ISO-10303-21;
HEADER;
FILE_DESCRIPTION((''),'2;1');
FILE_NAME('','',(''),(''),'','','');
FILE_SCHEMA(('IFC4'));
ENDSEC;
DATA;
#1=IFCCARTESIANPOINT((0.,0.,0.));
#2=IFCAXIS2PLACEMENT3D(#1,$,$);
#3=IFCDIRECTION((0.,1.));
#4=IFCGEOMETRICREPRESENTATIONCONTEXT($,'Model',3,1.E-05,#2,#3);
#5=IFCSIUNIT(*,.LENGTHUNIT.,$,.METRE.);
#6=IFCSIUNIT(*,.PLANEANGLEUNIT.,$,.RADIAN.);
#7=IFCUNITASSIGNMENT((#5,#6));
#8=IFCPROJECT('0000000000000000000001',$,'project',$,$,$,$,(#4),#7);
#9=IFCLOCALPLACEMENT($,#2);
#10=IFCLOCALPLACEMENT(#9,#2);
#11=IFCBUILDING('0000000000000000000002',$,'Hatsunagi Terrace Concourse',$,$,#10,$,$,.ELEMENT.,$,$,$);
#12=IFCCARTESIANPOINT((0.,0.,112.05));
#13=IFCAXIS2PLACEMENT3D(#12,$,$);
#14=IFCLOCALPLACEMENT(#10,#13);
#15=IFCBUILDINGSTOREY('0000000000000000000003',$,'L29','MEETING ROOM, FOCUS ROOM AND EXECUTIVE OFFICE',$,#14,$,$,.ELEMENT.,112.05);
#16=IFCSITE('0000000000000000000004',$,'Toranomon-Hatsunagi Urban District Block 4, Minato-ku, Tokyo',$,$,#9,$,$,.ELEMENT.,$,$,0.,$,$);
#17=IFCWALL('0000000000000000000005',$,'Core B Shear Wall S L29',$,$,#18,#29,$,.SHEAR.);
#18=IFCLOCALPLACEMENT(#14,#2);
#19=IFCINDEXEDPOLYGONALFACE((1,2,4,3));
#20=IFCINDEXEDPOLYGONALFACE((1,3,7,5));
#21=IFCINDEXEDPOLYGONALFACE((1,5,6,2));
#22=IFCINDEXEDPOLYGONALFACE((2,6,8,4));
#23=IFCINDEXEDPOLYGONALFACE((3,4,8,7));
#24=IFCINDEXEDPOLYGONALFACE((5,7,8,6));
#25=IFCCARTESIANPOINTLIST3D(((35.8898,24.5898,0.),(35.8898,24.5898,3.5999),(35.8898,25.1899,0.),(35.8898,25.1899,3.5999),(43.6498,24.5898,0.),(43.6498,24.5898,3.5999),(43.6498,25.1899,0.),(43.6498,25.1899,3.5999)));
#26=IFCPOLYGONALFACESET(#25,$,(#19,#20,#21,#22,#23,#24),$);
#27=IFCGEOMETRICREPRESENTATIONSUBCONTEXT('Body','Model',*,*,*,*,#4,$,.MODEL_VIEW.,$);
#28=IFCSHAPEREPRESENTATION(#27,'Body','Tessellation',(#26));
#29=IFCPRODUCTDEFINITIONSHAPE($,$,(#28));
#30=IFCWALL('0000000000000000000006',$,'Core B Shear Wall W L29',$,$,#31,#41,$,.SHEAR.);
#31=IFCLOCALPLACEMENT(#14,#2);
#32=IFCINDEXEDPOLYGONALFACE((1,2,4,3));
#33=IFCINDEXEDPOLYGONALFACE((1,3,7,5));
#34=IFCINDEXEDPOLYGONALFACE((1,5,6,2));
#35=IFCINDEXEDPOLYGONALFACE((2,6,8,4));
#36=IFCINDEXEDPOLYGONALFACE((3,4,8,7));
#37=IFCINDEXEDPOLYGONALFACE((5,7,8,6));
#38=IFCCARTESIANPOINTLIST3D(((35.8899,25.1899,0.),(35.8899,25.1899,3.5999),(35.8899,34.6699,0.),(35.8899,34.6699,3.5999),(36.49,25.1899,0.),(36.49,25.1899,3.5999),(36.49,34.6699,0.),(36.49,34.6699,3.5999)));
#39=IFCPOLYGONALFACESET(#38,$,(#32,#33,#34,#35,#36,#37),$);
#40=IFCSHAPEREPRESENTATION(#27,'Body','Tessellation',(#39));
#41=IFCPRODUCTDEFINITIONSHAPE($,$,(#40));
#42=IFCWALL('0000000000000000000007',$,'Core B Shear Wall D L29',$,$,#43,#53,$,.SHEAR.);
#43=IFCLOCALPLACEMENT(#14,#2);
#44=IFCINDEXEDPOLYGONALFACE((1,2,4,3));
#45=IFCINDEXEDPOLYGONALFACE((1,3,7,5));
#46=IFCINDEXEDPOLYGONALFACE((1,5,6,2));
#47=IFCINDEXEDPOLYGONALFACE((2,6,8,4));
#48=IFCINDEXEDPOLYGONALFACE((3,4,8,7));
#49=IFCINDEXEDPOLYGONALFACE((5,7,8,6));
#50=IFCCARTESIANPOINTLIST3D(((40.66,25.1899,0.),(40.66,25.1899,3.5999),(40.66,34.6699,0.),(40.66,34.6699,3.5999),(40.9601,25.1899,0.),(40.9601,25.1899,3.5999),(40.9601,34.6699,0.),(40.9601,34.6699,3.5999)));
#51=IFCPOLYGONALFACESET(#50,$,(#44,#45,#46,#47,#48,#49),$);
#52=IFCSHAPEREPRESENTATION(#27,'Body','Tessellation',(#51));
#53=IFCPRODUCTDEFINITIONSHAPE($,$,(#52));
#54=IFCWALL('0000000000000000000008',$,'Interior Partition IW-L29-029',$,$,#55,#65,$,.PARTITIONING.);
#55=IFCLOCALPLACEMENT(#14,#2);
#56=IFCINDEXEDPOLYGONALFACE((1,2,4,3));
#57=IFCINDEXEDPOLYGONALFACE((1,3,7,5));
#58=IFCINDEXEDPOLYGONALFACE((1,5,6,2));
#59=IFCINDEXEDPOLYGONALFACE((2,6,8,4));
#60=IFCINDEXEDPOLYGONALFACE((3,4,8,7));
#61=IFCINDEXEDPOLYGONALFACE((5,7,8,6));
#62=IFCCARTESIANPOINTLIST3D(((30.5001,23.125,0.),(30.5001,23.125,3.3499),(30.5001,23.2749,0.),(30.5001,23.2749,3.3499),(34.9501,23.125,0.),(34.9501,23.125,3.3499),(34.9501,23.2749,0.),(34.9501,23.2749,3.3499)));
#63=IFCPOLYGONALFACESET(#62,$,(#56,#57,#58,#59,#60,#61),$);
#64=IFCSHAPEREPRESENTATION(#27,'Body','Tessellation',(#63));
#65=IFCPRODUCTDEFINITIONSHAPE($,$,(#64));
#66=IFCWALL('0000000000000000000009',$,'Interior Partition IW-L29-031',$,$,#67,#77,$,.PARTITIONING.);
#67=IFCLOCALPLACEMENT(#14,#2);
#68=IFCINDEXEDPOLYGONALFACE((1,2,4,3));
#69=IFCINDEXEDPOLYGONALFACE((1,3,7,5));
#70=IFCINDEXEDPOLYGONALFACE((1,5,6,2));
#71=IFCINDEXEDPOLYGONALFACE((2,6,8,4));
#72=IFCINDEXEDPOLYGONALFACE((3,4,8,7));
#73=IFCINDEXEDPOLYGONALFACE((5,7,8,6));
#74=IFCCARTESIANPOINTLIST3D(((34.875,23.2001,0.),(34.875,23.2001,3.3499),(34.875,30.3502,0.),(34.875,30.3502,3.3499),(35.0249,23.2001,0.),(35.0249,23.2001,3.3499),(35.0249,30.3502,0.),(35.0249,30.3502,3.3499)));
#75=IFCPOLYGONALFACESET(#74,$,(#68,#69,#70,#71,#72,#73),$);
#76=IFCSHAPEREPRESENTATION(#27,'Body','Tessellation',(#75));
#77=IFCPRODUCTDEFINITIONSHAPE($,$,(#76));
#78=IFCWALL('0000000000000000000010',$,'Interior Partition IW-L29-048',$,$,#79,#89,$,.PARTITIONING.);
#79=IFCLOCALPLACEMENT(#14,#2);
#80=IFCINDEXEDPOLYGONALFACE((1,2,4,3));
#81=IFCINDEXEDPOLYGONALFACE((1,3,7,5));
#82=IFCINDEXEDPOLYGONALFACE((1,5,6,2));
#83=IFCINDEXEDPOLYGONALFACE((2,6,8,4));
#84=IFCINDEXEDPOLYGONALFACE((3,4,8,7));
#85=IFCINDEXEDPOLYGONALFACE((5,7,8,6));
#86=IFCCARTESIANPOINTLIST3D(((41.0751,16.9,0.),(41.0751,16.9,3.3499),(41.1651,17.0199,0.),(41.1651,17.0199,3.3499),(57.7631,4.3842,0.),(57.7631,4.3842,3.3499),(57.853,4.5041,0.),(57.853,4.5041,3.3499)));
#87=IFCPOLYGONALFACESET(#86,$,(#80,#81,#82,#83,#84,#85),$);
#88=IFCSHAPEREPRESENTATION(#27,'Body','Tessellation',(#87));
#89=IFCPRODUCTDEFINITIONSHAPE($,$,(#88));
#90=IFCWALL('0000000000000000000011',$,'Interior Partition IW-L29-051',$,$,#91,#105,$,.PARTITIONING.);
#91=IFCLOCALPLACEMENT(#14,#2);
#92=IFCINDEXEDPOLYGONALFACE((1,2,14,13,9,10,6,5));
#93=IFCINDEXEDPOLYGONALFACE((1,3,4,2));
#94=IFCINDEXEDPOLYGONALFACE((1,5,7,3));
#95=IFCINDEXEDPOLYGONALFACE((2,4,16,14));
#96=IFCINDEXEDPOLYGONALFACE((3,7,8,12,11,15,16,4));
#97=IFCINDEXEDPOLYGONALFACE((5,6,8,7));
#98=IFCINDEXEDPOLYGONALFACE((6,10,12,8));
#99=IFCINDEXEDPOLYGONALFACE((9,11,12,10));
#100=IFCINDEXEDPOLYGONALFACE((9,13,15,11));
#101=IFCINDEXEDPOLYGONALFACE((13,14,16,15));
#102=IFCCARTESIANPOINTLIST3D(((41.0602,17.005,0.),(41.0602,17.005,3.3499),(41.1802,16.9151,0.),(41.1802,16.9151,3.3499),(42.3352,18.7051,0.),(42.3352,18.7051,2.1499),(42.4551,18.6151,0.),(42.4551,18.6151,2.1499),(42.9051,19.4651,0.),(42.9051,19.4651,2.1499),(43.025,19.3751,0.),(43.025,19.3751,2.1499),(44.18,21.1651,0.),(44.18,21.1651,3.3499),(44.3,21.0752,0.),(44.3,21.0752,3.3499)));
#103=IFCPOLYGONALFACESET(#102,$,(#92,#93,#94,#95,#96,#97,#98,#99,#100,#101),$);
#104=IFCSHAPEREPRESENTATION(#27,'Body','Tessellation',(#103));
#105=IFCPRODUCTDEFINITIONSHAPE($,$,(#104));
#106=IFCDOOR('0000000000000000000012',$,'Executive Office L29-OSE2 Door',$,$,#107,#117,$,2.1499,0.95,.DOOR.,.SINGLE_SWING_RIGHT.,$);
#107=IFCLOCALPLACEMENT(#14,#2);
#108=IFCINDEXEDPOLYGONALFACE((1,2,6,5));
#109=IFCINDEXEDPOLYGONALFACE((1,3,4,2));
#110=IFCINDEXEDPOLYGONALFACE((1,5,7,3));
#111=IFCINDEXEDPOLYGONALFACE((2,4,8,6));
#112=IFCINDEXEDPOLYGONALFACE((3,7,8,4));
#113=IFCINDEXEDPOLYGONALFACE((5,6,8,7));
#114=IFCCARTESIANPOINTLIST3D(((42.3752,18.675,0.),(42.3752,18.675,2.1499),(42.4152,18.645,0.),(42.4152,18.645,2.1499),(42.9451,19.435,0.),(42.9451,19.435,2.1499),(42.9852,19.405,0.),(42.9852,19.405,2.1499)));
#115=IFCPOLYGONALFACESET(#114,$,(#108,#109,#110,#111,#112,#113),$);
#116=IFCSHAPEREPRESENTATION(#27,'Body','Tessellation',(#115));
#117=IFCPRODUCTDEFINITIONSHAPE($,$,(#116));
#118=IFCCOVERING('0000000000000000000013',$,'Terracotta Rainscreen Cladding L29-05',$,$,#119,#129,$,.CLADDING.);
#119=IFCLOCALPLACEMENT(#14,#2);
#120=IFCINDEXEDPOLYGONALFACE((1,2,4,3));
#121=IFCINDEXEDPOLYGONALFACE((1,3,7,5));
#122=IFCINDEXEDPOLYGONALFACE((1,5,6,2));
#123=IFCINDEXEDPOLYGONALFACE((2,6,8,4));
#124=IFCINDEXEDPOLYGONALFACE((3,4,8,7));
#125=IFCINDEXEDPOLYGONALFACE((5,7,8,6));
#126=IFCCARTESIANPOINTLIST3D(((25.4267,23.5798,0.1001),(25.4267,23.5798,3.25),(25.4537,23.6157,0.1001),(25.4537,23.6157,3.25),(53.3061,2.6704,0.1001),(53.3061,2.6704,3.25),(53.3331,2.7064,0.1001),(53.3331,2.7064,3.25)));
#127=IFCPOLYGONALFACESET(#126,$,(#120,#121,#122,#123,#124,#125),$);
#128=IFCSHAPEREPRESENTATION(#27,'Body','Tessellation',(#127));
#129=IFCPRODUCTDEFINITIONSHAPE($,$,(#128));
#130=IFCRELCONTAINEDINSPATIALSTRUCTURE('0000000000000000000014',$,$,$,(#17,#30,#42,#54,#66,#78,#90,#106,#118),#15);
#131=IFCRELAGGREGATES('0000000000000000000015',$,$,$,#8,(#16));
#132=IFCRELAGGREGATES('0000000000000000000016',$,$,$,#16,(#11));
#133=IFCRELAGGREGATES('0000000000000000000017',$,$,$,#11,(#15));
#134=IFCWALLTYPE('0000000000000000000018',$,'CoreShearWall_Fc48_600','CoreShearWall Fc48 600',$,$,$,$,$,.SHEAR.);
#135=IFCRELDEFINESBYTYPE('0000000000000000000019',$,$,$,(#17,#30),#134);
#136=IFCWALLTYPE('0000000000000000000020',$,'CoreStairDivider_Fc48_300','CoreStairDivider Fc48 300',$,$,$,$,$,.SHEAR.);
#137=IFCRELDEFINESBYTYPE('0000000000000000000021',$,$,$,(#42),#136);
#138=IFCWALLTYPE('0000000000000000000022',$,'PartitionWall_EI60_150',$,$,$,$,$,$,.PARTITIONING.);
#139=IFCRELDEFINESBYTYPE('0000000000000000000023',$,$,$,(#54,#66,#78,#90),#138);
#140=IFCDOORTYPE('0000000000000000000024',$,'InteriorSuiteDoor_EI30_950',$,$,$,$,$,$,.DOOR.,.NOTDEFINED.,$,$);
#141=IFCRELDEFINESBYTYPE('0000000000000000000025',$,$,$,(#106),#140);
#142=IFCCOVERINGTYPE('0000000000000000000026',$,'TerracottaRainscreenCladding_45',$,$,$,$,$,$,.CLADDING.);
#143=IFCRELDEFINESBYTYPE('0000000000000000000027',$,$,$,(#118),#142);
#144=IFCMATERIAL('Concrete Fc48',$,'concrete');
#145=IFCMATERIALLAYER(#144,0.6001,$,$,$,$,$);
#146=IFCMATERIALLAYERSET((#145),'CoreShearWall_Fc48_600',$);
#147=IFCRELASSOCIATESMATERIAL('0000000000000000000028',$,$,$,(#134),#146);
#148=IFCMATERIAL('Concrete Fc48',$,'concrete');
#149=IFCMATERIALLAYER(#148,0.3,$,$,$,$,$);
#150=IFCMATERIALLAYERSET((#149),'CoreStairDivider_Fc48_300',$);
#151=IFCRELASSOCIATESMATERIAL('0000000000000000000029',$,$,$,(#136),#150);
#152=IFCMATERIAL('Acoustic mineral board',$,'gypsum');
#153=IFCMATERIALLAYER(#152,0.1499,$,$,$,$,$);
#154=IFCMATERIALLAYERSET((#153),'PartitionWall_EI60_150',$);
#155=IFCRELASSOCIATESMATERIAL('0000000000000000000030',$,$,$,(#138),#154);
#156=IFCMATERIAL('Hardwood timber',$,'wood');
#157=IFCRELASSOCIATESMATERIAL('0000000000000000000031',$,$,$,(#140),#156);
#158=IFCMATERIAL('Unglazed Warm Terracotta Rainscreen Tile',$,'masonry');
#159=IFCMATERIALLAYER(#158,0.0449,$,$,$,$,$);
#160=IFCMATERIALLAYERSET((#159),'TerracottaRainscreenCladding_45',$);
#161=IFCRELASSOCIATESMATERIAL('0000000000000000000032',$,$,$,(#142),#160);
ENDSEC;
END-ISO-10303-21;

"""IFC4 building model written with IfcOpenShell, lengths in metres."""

from ifc_helpers import new_model, si_unit, direction, frame, frame_2d, origin, origin_2d, place, context, subcontext, project, spatial, rectangle, extrude, material, layer, layer_set, type_object, element, fill, save


model = new_model("IFC4")

# Units and contexts
model_context = context("Model", 3, precision=1e-05, world=origin(), true_north=direction((0.0, 1.0)))
body_context = subcontext(model_context, "Body", "Model", "MODEL_VIEW")
ifc_project = project(units=[si_unit("LENGTHUNIT", "METRE"), si_unit("PLANEANGLEUNIT", "RADIAN")], contexts=[model_context])

# Site, building, storey
site_placement = place(None, origin())
site = spatial("IfcSite", under=ifc_project, at=site_placement, Name="Toranomon-Hatsunagi Urban District Block 4, Minato-ku, Tokyo", CompositionType="ELEMENT", RefElevation=0.0)
building_placement = place(site_placement, origin())
building = spatial("IfcBuilding", under=site, at=building_placement, Name="Hatsunagi Terrace Concourse", CompositionType="ELEMENT")
storey_placement = place(building_placement, frame((0.0, 0.0, 112.05)))
storey = spatial("IfcBuildingStorey", under=building, at=storey_placement, Name="L29", Description="MEETING ROOM, FOCUS ROOM AND EXECUTIVE OFFICE", CompositionType="ELEMENT", Elevation=112.05)

# Walls
ifc_material_1 = material(Name="Concrete Fc48", Category="concrete")
ifc_layer_1 = layer(ifc_material_1, 0.6001)
ifc_layer_set_1 = layer_set([ifc_layer_1], Name="CoreShearWall_Fc48_600")
wall_type_1 = type_object("IfcWallType", Name="CoreShearWall_Fc48_600", Description="CoreShearWall Fc48 600", PredefinedType="SHEAR", material=ifc_layer_set_1)
wall_1_placement = place(storey_placement, frame((35.8899, 24.8899, 0.0), z_axis=(0.0, 0.0, 1.0), x_axis=(1.0, 0.0, 0.0)))
element("IfcWall", 1, at=wall_1_placement, inside=storey, type_object=wall_type_1, Name="Core B Shear Wall S L29", PredefinedType="SHEAR", context=body_context, shape_type="SweptSolid", body=[
    extrude(rectangle(XDim=7.76, YDim=0.6001, at=frame_2d((3.8799, 0.0))), origin(), (0.0, 0.0, 1.0), 3.5999),
])
wall_2_placement = place(storey_placement, frame((36.1899, 25.1899, 0.0), z_axis=(0.0, 0.0, 1.0), x_axis=(0.0, 1.0, 0.0)))
element("IfcWall", 2, at=wall_2_placement, inside=storey, type_object=wall_type_1, Name="Core B Shear Wall W L29", PredefinedType="SHEAR", context=body_context, shape_type="SweptSolid", body=[
    extrude(rectangle(XDim=9.48, YDim=0.6001, at=frame_2d((4.74, 0.0))), origin(), (0.0, 0.0, 1.0), 3.5999),
])
ifc_material_2 = material(Name="Concrete Fc48", Category="concrete")
ifc_layer_2 = layer(ifc_material_2, 0.3)
ifc_layer_set_2 = layer_set([ifc_layer_2], Name="CoreStairDivider_Fc48_300")
wall_type_2 = type_object("IfcWallType", Name="CoreStairDivider_Fc48_300", Description="CoreStairDivider Fc48 300", PredefinedType="SHEAR", material=ifc_layer_set_2)
wall_3_placement = place(storey_placement, frame((40.8101, 25.1899, 0.0), z_axis=(0.0, 0.0, 1.0), x_axis=(0.0, 1.0, 0.0)))
element("IfcWall", 3, at=wall_3_placement, inside=storey, type_object=wall_type_2, Name="Core B Shear Wall D L29", PredefinedType="SHEAR", context=body_context, shape_type="SweptSolid", body=[
    extrude(rectangle(XDim=9.48, YDim=0.3, at=frame_2d((4.74, 0.0))), origin(), (0.0, 0.0, 1.0), 3.5999),
])
ifc_material_3 = material(Name="Acoustic mineral board", Category="gypsum")
ifc_layer_3 = layer(ifc_material_3, 0.1499)
ifc_layer_set_3 = layer_set([ifc_layer_3], Name="PartitionWall_EI60_150")
wall_type_3 = type_object("IfcWallType", Name="PartitionWall_EI60_150", PredefinedType="PARTITIONING", material=ifc_layer_set_3)
wall_4_placement = place(storey_placement, frame((30.5, 23.2, 0.0), z_axis=(0.0, 0.0, 1.0), x_axis=(1.0, 0.0, 0.0)))
element("IfcWall", 4, at=wall_4_placement, inside=storey, type_object=wall_type_3, Name="Interior Partition IW-L29-029", PredefinedType="PARTITIONING", context=body_context, shape_type="SweptSolid", body=[
    extrude(rectangle(XDim=4.45, YDim=0.1499, at=frame_2d((2.2251, 0.0))), origin(), (0.0, 0.0, 1.0), 3.3499),
])
wall_5_placement = place(storey_placement, frame((34.95, 23.2, 0.0), z_axis=(0.0, 0.0, 1.0), x_axis=(0.0, 1.0, 0.0)))
element("IfcWall", 5, at=wall_5_placement, inside=storey, type_object=wall_type_3, Name="Interior Partition IW-L29-031", PredefinedType="PARTITIONING", context=body_context, shape_type="SweptSolid", body=[
    extrude(rectangle(XDim=7.1501, YDim=0.1499, at=frame_2d((3.5752, 0.0))), origin(), (0.0, 0.0, 1.0), 3.3499),
])
wall_6_placement = place(storey_placement, frame((41.1201, 16.96, 0.0), z_axis=(0.0, 0.0, 1.0), x_axis=(0.800003, -0.599996, 0.0)))
element("IfcWall", 6, at=wall_6_placement, inside=storey, type_object=wall_type_3, Name="Interior Partition IW-L29-048", PredefinedType="PARTITIONING", context=body_context, shape_type="SweptSolid", body=[
    extrude(rectangle(XDim=20.8599, YDim=0.1499, at=frame_2d((10.4299, 0.0))), origin(), (0.0, 0.0, 1.0), 3.3499),
])

# Wall, opening, door
ifc_material_4 = material(Name="Hardwood timber", Category="wood")
door_type = type_object("IfcDoorType", Name="InteriorSuiteDoor_EI30_950", OperationType="NOTDEFINED", PredefinedType="DOOR", material=ifc_material_4)
wall_7_placement = place(storey_placement, frame((41.1201, 16.96, 0.0), z_axis=(0.0, 0.0, 1.0), x_axis=(0.59997, 0.800023, 0.0)))
wall_7 = element("IfcWall", 7, at=wall_7_placement, inside=storey, type_object=wall_type_3, Name="Interior Partition IW-L29-051", PredefinedType="PARTITIONING", context=body_context, shape_type="SweptSolid", body=[
    extrude(rectangle(XDim=5.2, YDim=0.1499, at=frame_2d((2.6001, 0.0))), origin(), (0.0, 0.0, 1.0), 3.3499),
])
opening_1_placement = place(wall_7_placement, frame((2.125, 0.0, 0.0)))
opening_1 = element("IfcOpeningElement", 8, at=opening_1_placement, cuts=wall_7, PredefinedType="OPENING", context=body_context, shape_type="SweptSolid", body=[
    extrude(rectangle(XDim=0.95, YDim=2.1499, at=frame_2d((0.4751, 1.075))), frame((0.0, 0.085, 0.0), z_axis=(0.0, -1.0, 0.0), x_axis=(1.0, 0.0, 0.0)), (0.0, 0.0, 1.0), 0.1699),
])
door_1_placement = place(opening_1_placement, origin())
door_1 = element("IfcDoor", 9, at=door_1_placement, inside=storey, type_object=door_type, Name="Executive Office L29-OSE2 Door", OperationType="SINGLE_SWING_RIGHT", OverallHeight=2.1499, OverallWidth=0.95, PredefinedType="DOOR", context=body_context, shape_type="SweptSolid", body=[
    extrude(rectangle(XDim=0.95, YDim=2.1499, at=frame_2d((0.4751, 1.075))), frame((0.0, 0.0249, 0.0), z_axis=(0.0, -1.0, 0.0), x_axis=(1.0, 0.0, 0.0)), (0.0, 0.0, 1.0), 0.05),
])
fill(opening_1, door_1)

# Covering
ifc_material_5 = material(Name="Unglazed Warm Terracotta Rainscreen Tile", Category="masonry")
ifc_layer_4 = layer(ifc_material_5, 0.0449)
ifc_layer_set_4 = layer_set([ifc_layer_4], Name="TerracottaRainscreenCladding_45")
covering_type = type_object("IfcCoveringType", Name="TerracottaRainscreenCladding_45", PredefinedType="CLADDING", material=ifc_layer_set_4)
covering_placement = place(storey_placement, frame((39.3799, 13.1431, 0.1001), z_axis=(0.0, 0.0, 1.0), x_axis=(-0.800003, 0.599996, 0.0)))
element("IfcCovering", 10, at=covering_placement, inside=storey, type_object=covering_type, Name="Terracotta Rainscreen Cladding L29-05", PredefinedType="CLADDING", context=body_context, shape_type="SweptSolid", body=[
    extrude(rectangle(XDim=34.8491, YDim=0.0449, at=origin_2d()), origin(), (0.0, 0.0, 1.0), 3.1499),
])

save(model, "model.ifc")
